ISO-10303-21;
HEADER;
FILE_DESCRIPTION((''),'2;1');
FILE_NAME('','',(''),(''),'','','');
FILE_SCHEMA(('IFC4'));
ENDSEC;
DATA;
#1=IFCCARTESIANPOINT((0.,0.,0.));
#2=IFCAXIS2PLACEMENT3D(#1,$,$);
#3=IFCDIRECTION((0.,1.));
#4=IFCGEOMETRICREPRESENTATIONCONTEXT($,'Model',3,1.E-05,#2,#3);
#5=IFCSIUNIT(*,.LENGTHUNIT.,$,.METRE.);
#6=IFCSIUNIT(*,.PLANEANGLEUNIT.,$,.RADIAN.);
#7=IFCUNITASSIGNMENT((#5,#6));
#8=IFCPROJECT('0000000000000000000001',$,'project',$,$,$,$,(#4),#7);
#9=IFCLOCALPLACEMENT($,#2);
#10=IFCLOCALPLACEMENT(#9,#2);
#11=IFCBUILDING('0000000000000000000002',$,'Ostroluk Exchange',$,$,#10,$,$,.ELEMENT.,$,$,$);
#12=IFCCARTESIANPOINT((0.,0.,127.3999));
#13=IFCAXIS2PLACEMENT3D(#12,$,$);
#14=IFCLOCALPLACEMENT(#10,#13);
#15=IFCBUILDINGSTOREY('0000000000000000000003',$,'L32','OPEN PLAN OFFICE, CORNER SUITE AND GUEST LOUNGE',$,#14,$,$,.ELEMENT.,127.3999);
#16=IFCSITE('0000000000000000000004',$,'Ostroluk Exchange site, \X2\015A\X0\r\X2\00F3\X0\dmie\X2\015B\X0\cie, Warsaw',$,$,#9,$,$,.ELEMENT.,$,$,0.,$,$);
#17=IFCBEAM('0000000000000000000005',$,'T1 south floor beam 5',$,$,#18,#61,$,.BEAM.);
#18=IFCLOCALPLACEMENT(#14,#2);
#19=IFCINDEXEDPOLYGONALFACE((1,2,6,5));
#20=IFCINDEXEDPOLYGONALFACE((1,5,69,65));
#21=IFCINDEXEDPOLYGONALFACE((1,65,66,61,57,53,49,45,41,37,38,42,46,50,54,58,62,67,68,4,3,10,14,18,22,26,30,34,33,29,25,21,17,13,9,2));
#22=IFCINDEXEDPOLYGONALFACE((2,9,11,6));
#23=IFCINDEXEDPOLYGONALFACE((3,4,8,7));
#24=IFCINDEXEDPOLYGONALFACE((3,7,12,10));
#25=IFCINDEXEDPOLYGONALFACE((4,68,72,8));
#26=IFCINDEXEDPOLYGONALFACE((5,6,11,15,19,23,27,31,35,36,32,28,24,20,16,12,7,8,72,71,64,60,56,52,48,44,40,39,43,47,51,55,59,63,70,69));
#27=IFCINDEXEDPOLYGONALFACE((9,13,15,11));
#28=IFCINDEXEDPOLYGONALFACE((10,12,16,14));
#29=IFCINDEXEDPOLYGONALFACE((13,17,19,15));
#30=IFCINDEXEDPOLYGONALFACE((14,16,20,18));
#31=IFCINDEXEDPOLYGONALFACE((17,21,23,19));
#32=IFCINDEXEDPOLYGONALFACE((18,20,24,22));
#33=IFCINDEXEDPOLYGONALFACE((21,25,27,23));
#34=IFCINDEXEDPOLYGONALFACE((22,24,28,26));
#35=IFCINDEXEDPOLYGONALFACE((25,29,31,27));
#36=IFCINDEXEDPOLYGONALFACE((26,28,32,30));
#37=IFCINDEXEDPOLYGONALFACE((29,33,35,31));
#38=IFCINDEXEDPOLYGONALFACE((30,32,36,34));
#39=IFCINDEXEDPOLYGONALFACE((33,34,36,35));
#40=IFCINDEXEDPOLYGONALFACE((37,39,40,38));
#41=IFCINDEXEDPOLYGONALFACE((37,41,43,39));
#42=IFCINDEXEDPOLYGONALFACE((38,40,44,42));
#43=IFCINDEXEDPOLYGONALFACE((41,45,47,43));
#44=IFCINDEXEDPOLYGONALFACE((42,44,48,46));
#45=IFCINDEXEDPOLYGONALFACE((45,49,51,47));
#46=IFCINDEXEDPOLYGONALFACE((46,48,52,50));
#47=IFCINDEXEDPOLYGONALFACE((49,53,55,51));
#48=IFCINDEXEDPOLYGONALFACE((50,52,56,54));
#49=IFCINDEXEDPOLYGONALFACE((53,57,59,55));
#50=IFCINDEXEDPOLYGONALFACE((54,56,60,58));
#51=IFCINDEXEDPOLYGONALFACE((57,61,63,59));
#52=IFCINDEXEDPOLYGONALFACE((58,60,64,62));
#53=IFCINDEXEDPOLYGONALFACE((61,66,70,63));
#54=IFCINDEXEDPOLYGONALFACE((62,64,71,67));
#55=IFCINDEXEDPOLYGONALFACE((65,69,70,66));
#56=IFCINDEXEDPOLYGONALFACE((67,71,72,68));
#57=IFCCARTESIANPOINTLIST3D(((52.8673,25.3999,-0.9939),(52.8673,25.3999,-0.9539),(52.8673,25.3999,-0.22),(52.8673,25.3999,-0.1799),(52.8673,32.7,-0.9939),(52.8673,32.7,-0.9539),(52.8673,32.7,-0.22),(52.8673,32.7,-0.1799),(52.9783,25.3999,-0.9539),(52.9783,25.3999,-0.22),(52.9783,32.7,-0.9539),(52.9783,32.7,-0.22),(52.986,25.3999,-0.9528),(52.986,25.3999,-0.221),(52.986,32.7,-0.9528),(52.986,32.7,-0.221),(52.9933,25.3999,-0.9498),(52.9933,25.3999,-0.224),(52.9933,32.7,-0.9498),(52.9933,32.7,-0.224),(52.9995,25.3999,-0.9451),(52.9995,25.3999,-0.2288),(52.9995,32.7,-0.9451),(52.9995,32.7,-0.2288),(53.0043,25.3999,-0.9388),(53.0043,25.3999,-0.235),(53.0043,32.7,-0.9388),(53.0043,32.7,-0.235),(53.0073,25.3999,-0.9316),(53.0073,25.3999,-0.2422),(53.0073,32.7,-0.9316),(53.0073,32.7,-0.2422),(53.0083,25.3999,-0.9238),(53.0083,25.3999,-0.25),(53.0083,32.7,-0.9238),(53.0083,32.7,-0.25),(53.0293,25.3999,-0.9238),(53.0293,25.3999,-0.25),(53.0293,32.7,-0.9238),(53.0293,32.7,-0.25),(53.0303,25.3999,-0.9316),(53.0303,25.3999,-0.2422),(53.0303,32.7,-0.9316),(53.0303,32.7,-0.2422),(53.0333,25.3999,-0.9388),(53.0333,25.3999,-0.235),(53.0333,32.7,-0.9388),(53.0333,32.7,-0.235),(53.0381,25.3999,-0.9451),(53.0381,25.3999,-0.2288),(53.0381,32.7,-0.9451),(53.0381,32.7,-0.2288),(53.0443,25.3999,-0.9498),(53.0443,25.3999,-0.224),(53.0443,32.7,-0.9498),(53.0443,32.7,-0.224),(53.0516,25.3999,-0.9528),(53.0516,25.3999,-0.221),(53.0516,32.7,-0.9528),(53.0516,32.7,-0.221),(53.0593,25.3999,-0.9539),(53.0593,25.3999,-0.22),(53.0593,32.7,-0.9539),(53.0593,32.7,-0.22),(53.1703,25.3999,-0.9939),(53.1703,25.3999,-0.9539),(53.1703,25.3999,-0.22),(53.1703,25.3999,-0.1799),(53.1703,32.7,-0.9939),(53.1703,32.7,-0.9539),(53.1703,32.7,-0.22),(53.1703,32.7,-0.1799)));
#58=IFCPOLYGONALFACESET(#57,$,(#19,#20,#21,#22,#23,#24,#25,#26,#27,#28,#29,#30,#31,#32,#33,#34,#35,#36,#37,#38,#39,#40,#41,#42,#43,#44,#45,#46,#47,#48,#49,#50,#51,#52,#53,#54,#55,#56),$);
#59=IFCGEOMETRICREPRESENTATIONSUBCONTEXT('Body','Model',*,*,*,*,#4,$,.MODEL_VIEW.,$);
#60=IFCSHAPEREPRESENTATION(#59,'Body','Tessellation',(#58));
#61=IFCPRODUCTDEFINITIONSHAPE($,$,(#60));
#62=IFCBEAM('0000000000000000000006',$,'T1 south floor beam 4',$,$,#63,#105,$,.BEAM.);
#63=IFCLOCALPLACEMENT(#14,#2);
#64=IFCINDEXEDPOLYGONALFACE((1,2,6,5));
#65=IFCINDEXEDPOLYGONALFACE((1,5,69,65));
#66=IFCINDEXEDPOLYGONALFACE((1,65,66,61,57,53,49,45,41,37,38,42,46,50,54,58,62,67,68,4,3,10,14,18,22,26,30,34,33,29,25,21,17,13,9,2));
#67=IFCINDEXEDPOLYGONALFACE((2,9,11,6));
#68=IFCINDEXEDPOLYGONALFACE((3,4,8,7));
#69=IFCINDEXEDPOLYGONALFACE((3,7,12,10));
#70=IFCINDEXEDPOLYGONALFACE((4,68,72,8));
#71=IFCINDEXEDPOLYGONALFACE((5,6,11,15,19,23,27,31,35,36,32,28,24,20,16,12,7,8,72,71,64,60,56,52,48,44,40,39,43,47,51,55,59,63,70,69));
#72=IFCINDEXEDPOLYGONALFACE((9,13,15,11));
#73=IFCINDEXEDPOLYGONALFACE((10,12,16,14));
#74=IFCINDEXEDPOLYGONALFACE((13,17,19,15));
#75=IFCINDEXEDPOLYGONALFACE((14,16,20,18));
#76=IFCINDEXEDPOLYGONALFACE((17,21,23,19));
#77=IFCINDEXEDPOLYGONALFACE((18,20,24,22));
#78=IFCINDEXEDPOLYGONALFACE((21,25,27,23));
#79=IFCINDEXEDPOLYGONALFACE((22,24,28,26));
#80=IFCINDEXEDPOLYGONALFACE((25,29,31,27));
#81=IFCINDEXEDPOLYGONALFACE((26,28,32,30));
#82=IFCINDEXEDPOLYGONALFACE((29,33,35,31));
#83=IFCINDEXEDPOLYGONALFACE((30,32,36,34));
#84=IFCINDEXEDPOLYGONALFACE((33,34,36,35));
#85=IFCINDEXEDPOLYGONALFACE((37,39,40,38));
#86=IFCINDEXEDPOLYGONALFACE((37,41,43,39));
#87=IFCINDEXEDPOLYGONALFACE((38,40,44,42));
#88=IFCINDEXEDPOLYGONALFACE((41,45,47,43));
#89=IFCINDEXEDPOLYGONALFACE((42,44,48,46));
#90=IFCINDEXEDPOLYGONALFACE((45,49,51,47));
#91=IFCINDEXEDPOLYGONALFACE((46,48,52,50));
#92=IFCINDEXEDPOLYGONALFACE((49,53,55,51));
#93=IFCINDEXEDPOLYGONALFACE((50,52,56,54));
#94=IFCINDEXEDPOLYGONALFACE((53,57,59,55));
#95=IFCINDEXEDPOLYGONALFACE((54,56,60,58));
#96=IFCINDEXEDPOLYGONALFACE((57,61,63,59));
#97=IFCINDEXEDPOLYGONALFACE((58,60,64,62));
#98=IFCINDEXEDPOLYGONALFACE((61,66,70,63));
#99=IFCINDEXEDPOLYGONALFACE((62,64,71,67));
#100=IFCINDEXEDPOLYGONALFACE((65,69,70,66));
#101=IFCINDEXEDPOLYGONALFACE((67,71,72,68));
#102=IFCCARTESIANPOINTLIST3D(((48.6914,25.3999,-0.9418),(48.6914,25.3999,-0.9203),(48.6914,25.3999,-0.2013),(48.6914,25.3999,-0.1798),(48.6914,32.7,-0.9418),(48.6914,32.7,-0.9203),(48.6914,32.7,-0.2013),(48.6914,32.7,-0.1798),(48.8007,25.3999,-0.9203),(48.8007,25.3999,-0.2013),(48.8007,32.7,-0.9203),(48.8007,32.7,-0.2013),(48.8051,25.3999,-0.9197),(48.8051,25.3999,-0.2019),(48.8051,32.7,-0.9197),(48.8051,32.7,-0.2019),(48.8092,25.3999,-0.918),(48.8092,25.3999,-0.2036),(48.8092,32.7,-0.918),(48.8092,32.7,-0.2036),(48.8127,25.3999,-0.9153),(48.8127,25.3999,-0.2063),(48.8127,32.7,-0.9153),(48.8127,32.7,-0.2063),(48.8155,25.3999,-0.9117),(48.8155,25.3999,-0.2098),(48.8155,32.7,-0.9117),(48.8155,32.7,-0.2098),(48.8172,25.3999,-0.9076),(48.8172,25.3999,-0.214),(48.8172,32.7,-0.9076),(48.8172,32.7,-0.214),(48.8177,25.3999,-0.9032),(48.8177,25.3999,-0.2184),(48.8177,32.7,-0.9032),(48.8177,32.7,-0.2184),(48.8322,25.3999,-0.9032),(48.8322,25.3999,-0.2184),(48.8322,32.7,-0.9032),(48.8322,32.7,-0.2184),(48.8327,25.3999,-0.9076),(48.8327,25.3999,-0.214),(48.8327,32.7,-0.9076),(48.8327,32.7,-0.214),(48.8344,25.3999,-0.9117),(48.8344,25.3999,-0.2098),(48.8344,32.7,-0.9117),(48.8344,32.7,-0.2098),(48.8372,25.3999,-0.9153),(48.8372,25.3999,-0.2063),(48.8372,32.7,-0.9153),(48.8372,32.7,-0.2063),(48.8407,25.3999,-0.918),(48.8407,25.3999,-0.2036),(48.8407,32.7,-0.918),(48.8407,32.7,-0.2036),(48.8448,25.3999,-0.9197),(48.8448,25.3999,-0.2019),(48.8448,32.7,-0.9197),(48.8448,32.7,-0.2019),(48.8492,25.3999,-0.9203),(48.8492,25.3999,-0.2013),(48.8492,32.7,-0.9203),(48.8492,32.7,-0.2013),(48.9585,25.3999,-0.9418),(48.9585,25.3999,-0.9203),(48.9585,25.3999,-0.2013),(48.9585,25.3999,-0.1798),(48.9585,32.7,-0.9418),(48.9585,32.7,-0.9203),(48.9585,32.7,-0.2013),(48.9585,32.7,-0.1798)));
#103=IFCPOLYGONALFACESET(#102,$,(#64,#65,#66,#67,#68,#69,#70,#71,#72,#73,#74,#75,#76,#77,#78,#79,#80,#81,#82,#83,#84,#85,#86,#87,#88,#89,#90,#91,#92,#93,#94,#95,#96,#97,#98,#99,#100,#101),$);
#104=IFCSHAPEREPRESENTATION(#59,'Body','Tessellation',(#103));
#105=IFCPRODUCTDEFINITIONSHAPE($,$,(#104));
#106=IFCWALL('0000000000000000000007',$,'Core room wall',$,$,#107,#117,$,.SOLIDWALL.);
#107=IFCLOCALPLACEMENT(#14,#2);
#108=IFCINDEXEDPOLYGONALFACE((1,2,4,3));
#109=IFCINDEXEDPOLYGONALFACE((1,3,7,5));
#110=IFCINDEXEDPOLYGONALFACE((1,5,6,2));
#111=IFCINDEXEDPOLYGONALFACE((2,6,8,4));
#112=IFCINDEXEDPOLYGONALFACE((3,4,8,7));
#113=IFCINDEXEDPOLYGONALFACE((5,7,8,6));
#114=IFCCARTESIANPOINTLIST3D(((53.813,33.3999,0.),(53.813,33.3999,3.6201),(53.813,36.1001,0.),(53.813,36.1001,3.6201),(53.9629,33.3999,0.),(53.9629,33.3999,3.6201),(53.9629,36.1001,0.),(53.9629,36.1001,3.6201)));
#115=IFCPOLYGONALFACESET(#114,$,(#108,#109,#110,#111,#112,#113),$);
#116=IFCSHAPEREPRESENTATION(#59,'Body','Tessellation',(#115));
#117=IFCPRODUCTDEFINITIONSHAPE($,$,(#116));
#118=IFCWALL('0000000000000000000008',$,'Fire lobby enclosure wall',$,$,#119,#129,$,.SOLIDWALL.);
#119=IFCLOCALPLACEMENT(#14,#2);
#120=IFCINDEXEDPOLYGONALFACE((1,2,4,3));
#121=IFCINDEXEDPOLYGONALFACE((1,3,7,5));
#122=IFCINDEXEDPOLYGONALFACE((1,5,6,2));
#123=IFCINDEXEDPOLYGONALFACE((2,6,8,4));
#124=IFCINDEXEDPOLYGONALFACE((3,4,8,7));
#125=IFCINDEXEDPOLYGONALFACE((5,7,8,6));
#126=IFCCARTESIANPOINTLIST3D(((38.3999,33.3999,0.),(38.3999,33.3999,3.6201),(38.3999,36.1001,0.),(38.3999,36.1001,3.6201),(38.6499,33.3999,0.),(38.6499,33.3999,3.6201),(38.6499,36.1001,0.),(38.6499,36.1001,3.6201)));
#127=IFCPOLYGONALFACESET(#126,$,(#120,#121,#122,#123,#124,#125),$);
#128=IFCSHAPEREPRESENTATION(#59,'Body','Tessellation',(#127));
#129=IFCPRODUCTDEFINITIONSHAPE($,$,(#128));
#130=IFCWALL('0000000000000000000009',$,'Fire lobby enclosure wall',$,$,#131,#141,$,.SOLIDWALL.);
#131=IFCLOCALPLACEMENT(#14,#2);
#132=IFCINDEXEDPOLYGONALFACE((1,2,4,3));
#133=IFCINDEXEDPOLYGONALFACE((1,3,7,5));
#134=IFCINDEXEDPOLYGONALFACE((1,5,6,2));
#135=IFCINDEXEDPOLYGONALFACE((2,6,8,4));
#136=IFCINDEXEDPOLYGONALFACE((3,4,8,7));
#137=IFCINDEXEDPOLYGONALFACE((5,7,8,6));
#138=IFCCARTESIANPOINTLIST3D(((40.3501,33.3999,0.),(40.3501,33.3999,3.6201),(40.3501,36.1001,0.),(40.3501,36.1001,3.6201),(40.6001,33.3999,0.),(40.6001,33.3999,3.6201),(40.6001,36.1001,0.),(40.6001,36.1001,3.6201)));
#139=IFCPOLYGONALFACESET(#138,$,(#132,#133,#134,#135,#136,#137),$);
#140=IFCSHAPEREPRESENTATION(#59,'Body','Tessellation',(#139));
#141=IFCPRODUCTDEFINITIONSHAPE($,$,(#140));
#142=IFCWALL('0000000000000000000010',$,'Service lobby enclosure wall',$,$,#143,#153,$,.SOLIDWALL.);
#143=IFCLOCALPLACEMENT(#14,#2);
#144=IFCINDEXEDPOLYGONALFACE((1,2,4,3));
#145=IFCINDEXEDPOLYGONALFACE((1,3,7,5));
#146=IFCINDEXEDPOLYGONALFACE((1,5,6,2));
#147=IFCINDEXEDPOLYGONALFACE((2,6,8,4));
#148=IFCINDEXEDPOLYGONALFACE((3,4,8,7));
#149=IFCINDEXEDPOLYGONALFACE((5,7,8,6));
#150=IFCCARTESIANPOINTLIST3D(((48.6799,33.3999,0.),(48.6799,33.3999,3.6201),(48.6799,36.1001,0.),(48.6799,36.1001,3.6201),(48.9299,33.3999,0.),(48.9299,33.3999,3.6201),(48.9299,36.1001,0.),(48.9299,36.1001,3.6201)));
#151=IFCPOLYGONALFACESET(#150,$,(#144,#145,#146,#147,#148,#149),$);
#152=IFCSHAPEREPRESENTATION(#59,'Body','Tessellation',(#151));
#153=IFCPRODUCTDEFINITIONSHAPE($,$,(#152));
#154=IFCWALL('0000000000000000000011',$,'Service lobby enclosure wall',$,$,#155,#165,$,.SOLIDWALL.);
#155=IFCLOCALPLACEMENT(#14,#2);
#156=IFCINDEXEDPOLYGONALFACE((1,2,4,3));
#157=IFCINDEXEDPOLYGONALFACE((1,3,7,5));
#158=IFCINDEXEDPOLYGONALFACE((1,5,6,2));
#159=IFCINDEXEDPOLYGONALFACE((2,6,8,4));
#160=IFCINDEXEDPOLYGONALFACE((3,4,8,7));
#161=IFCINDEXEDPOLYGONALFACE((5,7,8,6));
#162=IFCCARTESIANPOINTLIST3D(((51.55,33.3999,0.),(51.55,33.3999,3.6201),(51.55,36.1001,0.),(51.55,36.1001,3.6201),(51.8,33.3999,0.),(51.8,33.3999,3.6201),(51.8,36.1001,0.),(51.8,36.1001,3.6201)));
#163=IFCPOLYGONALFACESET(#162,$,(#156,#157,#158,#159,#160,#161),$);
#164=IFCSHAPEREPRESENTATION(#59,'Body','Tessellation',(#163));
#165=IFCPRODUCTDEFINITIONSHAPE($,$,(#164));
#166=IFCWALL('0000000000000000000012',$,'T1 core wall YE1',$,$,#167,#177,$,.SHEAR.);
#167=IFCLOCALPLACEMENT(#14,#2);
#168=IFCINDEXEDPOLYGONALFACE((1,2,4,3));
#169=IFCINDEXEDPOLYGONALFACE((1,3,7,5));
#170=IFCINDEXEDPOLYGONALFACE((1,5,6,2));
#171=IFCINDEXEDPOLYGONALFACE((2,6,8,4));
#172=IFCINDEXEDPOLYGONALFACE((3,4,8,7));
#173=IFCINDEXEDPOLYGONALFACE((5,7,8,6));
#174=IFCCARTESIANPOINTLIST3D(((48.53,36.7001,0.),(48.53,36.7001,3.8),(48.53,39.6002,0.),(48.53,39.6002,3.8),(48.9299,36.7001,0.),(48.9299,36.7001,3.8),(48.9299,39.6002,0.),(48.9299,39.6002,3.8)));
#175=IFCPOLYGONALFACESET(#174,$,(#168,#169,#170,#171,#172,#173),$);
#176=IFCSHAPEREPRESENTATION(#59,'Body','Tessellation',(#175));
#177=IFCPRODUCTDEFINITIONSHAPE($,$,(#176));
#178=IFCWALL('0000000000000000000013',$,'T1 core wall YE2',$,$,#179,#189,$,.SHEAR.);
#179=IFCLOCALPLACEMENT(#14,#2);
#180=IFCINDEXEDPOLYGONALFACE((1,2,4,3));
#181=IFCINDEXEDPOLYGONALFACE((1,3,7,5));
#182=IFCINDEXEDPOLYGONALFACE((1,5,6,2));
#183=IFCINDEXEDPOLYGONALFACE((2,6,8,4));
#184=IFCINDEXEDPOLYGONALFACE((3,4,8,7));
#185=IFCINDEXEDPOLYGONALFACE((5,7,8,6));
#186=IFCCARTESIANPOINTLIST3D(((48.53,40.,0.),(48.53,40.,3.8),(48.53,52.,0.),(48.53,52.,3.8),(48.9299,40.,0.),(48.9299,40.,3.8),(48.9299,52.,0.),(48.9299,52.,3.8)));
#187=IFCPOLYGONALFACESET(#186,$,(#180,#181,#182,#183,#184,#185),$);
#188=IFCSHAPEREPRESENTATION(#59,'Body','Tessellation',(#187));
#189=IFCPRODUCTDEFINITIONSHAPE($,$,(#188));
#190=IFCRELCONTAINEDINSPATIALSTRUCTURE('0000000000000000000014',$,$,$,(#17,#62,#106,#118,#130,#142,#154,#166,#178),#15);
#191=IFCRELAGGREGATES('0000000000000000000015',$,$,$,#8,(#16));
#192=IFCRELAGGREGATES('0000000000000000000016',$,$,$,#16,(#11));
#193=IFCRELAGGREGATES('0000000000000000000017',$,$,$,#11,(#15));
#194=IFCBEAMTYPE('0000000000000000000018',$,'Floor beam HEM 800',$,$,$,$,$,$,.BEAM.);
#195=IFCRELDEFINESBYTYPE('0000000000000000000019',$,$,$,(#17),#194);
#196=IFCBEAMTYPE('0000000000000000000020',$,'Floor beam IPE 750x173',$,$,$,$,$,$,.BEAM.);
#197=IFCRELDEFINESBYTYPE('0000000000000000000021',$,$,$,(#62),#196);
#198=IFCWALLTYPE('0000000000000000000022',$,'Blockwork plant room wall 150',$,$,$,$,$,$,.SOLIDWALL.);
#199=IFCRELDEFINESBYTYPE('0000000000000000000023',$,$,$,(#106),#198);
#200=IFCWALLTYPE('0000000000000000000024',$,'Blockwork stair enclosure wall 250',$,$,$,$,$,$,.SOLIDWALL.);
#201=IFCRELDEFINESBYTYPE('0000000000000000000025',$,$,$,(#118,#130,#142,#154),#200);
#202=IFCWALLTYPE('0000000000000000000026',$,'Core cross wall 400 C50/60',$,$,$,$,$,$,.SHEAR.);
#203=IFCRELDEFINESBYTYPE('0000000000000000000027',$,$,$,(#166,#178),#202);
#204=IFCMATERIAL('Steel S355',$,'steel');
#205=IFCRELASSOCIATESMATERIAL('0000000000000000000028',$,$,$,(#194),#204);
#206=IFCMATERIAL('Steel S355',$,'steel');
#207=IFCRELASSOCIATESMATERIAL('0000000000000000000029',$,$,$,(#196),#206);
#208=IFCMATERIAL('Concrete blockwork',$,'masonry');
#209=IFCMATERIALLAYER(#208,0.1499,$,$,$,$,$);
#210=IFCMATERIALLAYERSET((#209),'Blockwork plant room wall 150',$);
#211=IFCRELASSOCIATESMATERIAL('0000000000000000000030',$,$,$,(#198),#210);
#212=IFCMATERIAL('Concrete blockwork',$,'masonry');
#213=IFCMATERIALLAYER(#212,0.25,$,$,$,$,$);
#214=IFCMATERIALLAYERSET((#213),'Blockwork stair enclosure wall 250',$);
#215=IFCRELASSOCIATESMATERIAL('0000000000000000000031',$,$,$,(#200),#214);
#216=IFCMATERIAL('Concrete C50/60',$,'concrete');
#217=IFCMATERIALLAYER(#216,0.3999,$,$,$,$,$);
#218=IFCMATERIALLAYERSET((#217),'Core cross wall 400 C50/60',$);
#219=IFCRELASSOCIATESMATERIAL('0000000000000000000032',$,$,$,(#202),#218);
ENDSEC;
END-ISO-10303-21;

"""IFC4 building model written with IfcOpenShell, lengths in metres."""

from ifc_helpers import new_model, si_unit, direction, frame, frame_2d, origin, origin_2d, place, context, subcontext, project, spatial, rectangle, i_section, extrude, material, layer, layer_set, material_profile, profile_set, type_object, element, save


model = new_model("IFC4")

# Units and contexts
model_context = context("Model", 3, precision=1e-05, world=origin(), true_north=direction((0.0, 1.0)))
body_context = subcontext(model_context, "Body", "Model", "MODEL_VIEW")
ifc_project = project(units=[si_unit("LENGTHUNIT", "METRE"), si_unit("PLANEANGLEUNIT", "RADIAN")], contexts=[model_context])

# Site, building, storey
site_placement = place(None, origin())
site = spatial("IfcSite", under=ifc_project, at=site_placement, Name="Ostroluk Exchange site, Śródmieście, Warsaw", CompositionType="ELEMENT", RefElevation=0.0)
building_placement = place(site_placement, origin())
building = spatial("IfcBuilding", under=site, at=building_placement, Name="Ostroluk Exchange", CompositionType="ELEMENT")
storey_placement = place(building_placement, frame((0.0, 0.0, 127.3999)))
storey = spatial("IfcBuildingStorey", under=building, at=storey_placement, Name="L32", Description="OPEN PLAN OFFICE, CORNER SUITE AND GUEST LOUNGE", CompositionType="ELEMENT", Elevation=127.3999)

# Beams
ifc_material_1 = material(Name="Steel S355", Category="steel")
ifc_material_profile_1 = material_profile(ifc_material_1, i_section(OverallWidth=0.303, OverallDepth=0.814, WebThickness=0.021, FlangeThickness=0.04, FilletRadius=0.03, at=origin_2d()), Name="HEM 800")
ifc_profile_set_1 = profile_set([ifc_material_profile_1], Name="Steel S355")
beam_type_1 = type_object("IfcBeamType", Name="Floor beam HEM 800", PredefinedType="BEAM", material=ifc_profile_set_1)
beam_1_placement = place(storey_placement, frame((53.0188, 32.7, -0.5869), z_axis=(0.0, -1.0, 0.0), x_axis=(1.0, 0.0, 0.0)))
element("IfcBeam", 1, at=beam_1_placement, inside=storey, type_object=beam_type_1, Name="T1 south floor beam 5", PredefinedType="BEAM", context=body_context, shape_type="SweptSolid", body=[
    extrude(i_section(OverallWidth=0.303, OverallDepth=0.814, WebThickness=0.021, FlangeThickness=0.04, FilletRadius=0.03, at=origin_2d()), origin(), (0.0, 0.0, 1.0), 7.3),
])
ifc_material_2 = material(Name="Steel S355", Category="steel")
ifc_material_profile_2 = material_profile(ifc_material_2, i_section(OverallWidth=0.2671, OverallDepth=0.762, WebThickness=0.0144, FlangeThickness=0.0215, FilletRadius=0.0171, at=origin_2d()), Name="IPE 750x173")
ifc_profile_set_2 = profile_set([ifc_material_profile_2], Name="Steel S355")
beam_type_2 = type_object("IfcBeamType", Name="Floor beam IPE 750x173", PredefinedType="BEAM", material=ifc_profile_set_2)
beam_2_placement = place(storey_placement, frame((48.825, 32.7, -0.5608), z_axis=(0.0, -1.0, 0.0), x_axis=(1.0, 0.0, 0.0)))
element("IfcBeam", 2, at=beam_2_placement, inside=storey, type_object=beam_type_2, Name="T1 south floor beam 4", PredefinedType="BEAM", context=body_context, shape_type="SweptSolid", body=[
    extrude(i_section(OverallWidth=0.2671, OverallDepth=0.762, WebThickness=0.0144, FlangeThickness=0.0215, FilletRadius=0.0171, at=origin_2d()), origin(), (0.0, 0.0, 1.0), 7.3),
])

# Walls
ifc_material_3 = material(Name="Concrete blockwork", Category="masonry")
ifc_layer_1 = layer(ifc_material_3, 0.1499)
ifc_layer_set_1 = layer_set([ifc_layer_1], Name="Blockwork plant room wall 150")
wall_type_1 = type_object("IfcWallType", Name="Blockwork plant room wall 150", PredefinedType="SOLIDWALL", material=ifc_layer_set_1)
wall_1_placement = place(storey_placement, frame((53.8879, 33.3999, 0.0), z_axis=(0.0, 0.0, 1.0), x_axis=(0.0, 1.0, 0.0)))
element("IfcWall", 3, at=wall_1_placement, inside=storey, type_object=wall_type_1, Name="Core room wall", PredefinedType="SOLIDWALL", context=body_context, shape_type="SweptSolid", body=[
    extrude(rectangle(XDim=2.7002, YDim=0.1499, at=frame_2d((1.3501, 0.0))), origin(), (0.0, 0.0, 1.0), 3.6201),
])
ifc_material_4 = material(Name="Concrete blockwork", Category="masonry")
ifc_layer_2 = layer(ifc_material_4, 0.25)
ifc_layer_set_2 = layer_set([ifc_layer_2], Name="Blockwork stair enclosure wall 250")
wall_type_2 = type_object("IfcWallType", Name="Blockwork stair enclosure wall 250", PredefinedType="SOLIDWALL", material=ifc_layer_set_2)
for number, where, z_axis, x_axis, name in (
    (4, (38.5249, 33.3999, 0.0), (0.0, 0.0, 1.0), (0.0, 1.0, 0.0), "Fire lobby enclosure wall"),
    (5, (40.4751, 33.3999, 0.0), (0.0, 0.0, 1.0), (0.0, 1.0, 0.0), "Fire lobby enclosure wall"),
    (6, (48.8049, 33.3999, 0.0), (0.0, 0.0, 1.0), (0.0, 1.0, 0.0), "Service lobby enclosure wall"),
    (7, (51.675, 33.3999, 0.0), (0.0, 0.0, 1.0), (0.0, 1.0, 0.0), "Service lobby enclosure wall"),
):
    element("IfcWall", number, at=place(storey_placement, frame(where, z_axis=z_axis, x_axis=x_axis)), inside=storey, type_object=wall_type_2, Name=name, PredefinedType="SOLIDWALL", context=body_context, shape_type="SweptSolid", body=[
        extrude(rectangle(XDim=2.7002, YDim=0.25, at=frame_2d((1.3501, 0.0))), origin(), (0.0, 0.0, 1.0), 3.6201),
    ])
ifc_material_5 = material(Name="Concrete C50/60", Category="concrete")
ifc_layer_3 = layer(ifc_material_5, 0.3999)
ifc_layer_set_3 = layer_set([ifc_layer_3], Name="Core cross wall 400 C50/60")
wall_type_3 = type_object("IfcWallType", Name="Core cross wall 400 C50/60", PredefinedType="SHEAR", material=ifc_layer_set_3)
wall_2_placement = place(storey_placement, frame((48.73, 36.7, 0.0), z_axis=(0.0, 0.0, 1.0), x_axis=(0.0, 1.0, 0.0)))
element("IfcWall", 8, at=wall_2_placement, inside=storey, type_object=wall_type_3, Name="T1 core wall YE1", PredefinedType="SHEAR", context=body_context, shape_type="SweptSolid", body=[
    extrude(rectangle(XDim=2.9001, YDim=0.3999, at=frame_2d((1.4502, 0.0))), origin(), (0.0, 0.0, 1.0), 3.8),
])
wall_3_placement = place(storey_placement, frame((48.73, 40.0, 0.0), z_axis=(0.0, 0.0, 1.0), x_axis=(0.0, 1.0, 0.0)))
element("IfcWall", 9, at=wall_3_placement, inside=storey, type_object=wall_type_3, Name="T1 core wall YE2", PredefinedType="SHEAR", context=body_context, shape_type="SweptSolid", body=[
    extrude(rectangle(XDim=12.0, YDim=0.3999, at=frame_2d((6.0, 0.0))), origin(), (0.0, 0.0, 1.0), 3.8),
])

save(model, "model.ifc")
